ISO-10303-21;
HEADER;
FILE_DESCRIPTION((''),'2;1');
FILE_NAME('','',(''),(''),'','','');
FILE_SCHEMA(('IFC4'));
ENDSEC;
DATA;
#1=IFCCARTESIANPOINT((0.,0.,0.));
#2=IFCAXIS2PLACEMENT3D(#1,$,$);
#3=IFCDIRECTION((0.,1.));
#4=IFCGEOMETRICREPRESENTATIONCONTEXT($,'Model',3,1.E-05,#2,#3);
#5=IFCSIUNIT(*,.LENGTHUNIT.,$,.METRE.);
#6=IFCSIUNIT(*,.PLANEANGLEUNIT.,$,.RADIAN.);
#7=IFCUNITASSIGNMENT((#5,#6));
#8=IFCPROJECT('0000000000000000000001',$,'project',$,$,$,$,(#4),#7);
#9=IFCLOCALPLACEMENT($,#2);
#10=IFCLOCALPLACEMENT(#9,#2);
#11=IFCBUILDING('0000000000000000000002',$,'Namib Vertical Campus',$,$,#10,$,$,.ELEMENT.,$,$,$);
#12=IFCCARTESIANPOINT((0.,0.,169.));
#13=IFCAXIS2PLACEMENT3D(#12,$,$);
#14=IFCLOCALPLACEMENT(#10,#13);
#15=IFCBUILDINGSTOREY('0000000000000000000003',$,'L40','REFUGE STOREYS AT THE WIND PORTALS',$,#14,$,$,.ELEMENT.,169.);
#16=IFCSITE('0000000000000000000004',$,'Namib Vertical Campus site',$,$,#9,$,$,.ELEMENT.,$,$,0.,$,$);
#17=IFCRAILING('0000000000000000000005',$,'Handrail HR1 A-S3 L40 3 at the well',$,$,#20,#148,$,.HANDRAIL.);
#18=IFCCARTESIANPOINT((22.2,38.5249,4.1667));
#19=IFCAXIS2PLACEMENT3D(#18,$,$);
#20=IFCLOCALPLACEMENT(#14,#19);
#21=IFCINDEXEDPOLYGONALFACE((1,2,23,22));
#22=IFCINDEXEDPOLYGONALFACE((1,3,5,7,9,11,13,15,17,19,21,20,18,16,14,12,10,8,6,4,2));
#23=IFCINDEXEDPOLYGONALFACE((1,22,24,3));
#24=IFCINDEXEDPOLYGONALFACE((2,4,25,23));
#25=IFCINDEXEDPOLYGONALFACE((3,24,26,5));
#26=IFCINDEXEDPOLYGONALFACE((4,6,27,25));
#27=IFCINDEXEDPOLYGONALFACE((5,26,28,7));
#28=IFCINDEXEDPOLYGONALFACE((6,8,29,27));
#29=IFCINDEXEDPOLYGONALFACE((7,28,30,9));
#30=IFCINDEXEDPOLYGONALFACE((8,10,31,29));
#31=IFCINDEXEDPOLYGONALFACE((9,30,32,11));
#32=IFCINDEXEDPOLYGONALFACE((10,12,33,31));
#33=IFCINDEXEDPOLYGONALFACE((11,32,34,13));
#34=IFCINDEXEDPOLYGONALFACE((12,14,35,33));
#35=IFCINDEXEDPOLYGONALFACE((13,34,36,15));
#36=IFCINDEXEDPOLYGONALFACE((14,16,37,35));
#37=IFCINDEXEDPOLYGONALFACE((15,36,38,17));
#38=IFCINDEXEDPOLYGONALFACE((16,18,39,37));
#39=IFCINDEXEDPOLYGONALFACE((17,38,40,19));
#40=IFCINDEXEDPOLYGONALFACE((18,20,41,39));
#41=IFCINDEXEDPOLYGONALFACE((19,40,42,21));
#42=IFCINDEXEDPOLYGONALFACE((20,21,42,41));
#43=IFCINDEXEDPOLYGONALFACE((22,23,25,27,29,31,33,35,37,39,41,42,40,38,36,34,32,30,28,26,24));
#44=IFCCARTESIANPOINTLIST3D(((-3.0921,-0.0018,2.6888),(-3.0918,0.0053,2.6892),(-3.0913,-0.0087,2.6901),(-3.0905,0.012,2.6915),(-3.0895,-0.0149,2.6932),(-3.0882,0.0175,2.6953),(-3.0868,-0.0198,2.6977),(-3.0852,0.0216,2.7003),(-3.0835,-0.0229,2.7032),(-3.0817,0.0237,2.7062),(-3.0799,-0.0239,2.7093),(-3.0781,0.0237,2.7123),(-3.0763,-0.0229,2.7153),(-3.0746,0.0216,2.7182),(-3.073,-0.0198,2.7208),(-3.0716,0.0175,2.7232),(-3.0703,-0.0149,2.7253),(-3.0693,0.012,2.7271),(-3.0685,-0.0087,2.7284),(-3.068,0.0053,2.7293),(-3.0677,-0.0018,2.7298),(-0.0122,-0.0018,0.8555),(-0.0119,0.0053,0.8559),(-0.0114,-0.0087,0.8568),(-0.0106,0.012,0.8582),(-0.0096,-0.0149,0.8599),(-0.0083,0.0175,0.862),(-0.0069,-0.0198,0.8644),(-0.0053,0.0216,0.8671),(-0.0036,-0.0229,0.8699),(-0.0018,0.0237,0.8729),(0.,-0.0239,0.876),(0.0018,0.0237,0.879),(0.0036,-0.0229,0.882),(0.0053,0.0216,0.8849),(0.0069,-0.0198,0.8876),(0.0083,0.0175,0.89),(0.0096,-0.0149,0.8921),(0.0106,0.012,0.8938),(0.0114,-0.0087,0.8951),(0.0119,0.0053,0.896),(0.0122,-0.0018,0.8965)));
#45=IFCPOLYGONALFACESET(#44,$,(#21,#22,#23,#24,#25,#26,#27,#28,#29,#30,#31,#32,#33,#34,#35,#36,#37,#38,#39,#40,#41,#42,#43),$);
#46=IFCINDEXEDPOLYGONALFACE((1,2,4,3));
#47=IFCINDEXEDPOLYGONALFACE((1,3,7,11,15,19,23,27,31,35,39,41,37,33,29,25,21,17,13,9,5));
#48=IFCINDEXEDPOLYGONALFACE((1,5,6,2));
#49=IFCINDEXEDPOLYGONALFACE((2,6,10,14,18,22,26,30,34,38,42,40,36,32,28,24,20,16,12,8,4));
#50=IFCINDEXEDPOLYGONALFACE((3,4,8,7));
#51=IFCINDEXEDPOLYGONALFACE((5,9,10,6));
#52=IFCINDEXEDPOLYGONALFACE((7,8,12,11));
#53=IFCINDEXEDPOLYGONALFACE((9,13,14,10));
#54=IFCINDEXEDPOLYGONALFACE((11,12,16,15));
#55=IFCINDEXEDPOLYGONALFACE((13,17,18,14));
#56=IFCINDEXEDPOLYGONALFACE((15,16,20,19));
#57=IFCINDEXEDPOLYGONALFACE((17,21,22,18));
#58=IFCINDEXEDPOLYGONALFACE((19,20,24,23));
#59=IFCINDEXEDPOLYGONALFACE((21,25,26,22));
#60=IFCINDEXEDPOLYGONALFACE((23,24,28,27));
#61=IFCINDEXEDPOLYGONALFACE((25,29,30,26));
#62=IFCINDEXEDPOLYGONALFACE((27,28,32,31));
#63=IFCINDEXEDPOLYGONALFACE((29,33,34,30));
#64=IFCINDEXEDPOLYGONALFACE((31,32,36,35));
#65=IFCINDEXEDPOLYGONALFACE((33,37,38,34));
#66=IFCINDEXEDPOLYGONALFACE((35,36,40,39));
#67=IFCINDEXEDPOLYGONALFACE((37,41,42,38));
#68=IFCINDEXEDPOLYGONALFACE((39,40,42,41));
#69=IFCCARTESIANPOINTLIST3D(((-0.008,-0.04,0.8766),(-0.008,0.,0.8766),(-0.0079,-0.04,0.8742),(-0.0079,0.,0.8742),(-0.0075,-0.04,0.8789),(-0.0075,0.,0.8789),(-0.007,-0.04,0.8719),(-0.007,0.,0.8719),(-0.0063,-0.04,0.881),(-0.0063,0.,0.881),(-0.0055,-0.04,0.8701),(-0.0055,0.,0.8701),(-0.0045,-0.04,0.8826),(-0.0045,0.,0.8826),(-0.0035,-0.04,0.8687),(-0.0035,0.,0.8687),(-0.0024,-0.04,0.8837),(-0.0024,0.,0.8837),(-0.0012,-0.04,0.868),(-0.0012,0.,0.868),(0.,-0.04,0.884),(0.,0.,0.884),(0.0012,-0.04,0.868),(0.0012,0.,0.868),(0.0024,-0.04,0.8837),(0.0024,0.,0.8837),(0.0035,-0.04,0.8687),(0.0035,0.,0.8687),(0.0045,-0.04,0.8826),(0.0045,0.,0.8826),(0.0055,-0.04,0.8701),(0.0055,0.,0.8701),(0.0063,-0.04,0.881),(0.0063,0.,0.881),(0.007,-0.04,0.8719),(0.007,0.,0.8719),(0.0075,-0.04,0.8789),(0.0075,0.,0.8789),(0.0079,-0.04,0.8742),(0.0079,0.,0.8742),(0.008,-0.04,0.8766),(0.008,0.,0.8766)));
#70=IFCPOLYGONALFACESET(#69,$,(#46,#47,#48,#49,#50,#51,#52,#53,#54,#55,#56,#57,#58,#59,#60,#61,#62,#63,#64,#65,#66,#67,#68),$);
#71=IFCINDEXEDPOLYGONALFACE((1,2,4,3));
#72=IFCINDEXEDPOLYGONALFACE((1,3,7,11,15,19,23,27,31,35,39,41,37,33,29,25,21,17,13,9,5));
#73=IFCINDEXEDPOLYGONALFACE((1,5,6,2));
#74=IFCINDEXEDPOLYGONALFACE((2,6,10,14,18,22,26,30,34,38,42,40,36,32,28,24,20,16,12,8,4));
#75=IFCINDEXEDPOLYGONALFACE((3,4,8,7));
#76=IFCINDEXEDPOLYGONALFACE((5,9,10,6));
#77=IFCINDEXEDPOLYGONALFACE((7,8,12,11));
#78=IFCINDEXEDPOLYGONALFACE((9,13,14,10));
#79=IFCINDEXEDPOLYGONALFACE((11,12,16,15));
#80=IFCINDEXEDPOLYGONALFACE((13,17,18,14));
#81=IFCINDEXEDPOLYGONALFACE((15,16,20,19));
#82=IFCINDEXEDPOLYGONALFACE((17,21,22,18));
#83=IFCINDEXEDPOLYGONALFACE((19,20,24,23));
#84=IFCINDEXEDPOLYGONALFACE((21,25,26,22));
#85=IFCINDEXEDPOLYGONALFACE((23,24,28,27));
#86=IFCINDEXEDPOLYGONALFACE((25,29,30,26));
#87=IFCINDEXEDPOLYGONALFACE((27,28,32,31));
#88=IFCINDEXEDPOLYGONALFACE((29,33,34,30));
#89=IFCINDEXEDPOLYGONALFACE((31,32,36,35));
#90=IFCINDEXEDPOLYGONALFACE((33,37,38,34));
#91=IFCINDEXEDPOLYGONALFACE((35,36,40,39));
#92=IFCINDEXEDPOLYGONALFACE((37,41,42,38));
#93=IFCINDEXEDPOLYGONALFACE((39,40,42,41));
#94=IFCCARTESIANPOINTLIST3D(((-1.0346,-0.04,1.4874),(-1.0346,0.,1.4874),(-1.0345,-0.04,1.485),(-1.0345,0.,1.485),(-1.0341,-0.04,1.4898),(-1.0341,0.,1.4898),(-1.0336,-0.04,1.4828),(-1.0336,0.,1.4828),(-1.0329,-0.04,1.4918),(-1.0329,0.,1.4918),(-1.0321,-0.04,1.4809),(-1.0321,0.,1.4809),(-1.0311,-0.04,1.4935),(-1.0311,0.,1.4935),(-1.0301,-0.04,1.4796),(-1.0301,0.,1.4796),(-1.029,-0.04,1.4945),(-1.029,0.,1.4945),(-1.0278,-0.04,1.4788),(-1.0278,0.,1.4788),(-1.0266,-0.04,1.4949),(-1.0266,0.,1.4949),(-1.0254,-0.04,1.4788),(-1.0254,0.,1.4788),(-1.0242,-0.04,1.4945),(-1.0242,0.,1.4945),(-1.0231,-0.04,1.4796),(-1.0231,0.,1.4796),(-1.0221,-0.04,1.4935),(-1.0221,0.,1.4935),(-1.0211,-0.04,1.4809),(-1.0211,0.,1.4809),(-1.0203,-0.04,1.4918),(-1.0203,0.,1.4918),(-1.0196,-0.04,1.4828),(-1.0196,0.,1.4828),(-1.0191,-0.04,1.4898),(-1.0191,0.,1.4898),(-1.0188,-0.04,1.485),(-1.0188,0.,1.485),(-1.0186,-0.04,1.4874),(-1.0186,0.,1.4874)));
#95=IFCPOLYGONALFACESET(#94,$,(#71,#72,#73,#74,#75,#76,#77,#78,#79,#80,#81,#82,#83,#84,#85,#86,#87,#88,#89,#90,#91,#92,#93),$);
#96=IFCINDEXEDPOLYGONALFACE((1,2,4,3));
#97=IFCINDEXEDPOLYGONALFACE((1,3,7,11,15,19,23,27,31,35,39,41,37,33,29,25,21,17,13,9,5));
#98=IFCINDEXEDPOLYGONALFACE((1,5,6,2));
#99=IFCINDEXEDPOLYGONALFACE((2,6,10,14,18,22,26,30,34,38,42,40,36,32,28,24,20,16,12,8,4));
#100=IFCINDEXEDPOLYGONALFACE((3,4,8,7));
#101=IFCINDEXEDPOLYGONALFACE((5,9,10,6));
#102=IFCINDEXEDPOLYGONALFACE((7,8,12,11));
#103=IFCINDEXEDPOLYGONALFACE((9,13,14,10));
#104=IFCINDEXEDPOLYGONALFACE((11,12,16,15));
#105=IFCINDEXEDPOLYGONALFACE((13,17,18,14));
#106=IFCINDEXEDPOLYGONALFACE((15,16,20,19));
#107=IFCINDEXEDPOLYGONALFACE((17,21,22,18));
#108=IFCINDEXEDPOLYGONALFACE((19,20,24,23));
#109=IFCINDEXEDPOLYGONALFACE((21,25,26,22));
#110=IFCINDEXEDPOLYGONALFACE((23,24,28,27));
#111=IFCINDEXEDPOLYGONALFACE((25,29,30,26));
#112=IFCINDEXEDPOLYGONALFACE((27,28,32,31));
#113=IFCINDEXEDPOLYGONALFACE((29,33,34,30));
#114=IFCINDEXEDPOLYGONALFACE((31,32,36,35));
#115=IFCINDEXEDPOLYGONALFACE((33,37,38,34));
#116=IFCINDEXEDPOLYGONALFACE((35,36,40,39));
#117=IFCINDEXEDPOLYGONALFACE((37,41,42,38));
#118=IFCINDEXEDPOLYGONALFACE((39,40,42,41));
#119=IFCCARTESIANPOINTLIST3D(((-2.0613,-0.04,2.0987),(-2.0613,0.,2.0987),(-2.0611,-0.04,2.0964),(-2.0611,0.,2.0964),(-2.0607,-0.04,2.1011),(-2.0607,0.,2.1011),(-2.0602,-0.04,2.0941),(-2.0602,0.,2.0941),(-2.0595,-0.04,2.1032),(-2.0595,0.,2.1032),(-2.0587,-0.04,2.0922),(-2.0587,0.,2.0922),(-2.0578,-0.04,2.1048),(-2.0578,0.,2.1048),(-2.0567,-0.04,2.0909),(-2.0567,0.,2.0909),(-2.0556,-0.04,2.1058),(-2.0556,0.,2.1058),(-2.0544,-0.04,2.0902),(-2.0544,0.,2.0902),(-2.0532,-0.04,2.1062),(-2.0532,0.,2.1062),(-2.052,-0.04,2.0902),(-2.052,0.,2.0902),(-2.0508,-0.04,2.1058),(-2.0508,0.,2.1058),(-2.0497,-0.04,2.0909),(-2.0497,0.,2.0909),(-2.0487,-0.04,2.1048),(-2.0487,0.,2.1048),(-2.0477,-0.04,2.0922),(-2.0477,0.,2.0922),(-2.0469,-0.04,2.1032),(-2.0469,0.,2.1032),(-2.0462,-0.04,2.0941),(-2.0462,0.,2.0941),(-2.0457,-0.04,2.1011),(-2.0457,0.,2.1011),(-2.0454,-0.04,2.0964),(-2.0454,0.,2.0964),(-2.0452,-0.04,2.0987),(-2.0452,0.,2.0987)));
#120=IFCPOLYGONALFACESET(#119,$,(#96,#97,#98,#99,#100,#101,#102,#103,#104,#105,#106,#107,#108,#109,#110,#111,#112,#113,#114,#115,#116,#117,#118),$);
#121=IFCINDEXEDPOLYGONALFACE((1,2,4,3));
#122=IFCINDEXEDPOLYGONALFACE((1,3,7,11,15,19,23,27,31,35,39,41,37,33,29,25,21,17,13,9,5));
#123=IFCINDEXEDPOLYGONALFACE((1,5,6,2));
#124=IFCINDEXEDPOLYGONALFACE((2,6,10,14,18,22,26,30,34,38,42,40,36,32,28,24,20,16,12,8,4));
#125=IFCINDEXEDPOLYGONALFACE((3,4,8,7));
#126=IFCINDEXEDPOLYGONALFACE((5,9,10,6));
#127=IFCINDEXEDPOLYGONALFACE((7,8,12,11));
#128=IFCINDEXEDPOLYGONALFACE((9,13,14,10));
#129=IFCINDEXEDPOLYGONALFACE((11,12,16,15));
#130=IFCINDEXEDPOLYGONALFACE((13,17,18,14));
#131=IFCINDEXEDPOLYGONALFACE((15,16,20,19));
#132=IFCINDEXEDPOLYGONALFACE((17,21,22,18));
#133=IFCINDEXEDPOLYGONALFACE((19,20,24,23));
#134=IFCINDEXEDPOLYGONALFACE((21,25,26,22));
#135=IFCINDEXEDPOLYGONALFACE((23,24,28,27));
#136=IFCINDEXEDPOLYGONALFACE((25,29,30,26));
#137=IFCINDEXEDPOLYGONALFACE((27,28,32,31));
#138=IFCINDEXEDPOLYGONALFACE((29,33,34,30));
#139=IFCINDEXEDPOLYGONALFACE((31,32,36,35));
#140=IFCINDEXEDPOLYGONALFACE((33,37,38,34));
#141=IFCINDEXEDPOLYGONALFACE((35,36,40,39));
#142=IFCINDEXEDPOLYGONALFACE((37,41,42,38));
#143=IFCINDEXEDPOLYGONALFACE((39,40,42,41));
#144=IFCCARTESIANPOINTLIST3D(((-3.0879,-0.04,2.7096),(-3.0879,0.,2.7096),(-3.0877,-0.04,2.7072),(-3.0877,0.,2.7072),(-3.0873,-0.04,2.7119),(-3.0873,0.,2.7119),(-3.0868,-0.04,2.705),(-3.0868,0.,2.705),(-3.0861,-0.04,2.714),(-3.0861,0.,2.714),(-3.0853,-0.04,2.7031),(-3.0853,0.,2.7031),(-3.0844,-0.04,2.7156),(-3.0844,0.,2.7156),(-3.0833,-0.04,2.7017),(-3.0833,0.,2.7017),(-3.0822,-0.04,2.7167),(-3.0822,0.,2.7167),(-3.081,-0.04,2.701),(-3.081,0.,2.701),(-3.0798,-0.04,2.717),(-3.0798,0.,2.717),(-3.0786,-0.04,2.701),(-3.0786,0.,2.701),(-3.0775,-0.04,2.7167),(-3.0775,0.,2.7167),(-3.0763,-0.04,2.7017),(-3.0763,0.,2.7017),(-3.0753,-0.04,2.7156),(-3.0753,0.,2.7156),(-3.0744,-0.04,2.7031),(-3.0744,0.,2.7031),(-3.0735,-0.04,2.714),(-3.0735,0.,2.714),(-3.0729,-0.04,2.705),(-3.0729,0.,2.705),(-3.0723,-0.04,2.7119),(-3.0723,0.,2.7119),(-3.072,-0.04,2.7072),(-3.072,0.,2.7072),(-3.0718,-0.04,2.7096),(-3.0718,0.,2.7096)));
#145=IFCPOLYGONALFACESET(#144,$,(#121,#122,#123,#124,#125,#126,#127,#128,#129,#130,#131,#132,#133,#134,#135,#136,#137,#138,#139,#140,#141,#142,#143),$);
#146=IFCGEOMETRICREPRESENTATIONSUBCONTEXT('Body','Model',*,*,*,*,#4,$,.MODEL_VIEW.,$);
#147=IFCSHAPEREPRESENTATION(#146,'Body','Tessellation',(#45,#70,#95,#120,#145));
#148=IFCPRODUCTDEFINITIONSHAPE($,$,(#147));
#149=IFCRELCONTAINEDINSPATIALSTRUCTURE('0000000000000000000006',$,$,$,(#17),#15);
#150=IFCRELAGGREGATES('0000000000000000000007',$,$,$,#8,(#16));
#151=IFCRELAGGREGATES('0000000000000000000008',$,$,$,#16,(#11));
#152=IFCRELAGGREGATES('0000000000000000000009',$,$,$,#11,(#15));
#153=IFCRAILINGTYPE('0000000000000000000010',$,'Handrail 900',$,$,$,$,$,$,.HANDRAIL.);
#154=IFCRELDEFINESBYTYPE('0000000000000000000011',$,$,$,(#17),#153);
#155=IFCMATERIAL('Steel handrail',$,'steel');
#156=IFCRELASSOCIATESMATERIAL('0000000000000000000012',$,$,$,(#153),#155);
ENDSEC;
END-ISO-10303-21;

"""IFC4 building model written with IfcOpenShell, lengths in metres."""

from ifc_helpers import new_model, si_unit, direction, frame, origin, origin_2d, place, context, subcontext, project, spatial, circle, extrude, material, type_object, element, save


model = new_model("IFC4")

# Units and contexts
model_context = context("Model", 3, precision=1e-05, world=origin(), true_north=direction((0.0, 1.0)))
body_context = subcontext(model_context, "Body", "Model", "MODEL_VIEW")
ifc_project = project(units=[si_unit("LENGTHUNIT", "METRE"), si_unit("PLANEANGLEUNIT", "RADIAN")], contexts=[model_context])

# Site, building, storey
site_placement = place(None, origin())
site = spatial("IfcSite", under=ifc_project, at=site_placement, Name="Namib Vertical Campus site", CompositionType="ELEMENT", RefElevation=0.0)
building_placement = place(site_placement, origin())
building = spatial("IfcBuilding", under=site, at=building_placement, Name="Namib Vertical Campus", CompositionType="ELEMENT")
storey_placement = place(building_placement, frame((0.0, 0.0, 169.0)))
storey = spatial("IfcBuildingStorey", under=building, at=storey_placement, Name="L40", Description="REFUGE STOREYS AT THE WIND PORTALS", CompositionType="ELEMENT", Elevation=169.0)

# Railing
ifc_material_1 = material(Name="Steel handrail", Category="steel")
railing_type_1 = type_object("IfcRailingType", Name="Handrail 900", PredefinedType="HANDRAIL", material=ifc_material_1)
for number, where, name in (
    (1, (22.2, 38.5249, 4.1667), "Handrail HR1 A-S3 L40 3 at the well"),
):
    element("IfcRailing", number, at=place(storey_placement, frame(where)), inside=storey, type_object=railing_type_1, Name=name, PredefinedType="HANDRAIL", context=body_context, shape_type="SweptSolid", body=[
        extrude(circle(Radius=0.0239, at=origin_2d()), frame((0.0, 0.0, 0.876), z_axis=(-0.859291, 0.0, 0.511487), x_axis=(0.0, -1.0, 0.0)), (0.0, 0.0, 1.0), 3.5842),
        extrude(circle(Radius=0.0081, at=origin_2d()), frame((0.0, 0.0, 0.876), z_axis=(0.0, -1.0, 0.0), x_axis=(0.0, 0.0, 1.0)), (0.0, 0.0, 1.0), 0.04),
        extrude(circle(Radius=0.0081, at=origin_2d()), frame((-1.0266, 0.0, 1.4868), z_axis=(0.0, -1.0, 0.0), x_axis=(0.0, 0.0, 1.0)), (0.0, 0.0, 1.0), 0.04),
        extrude(circle(Radius=0.0081, at=origin_2d()), frame((-2.0532, 0.0, 2.0981), z_axis=(0.0, -1.0, 0.0), x_axis=(0.0, 0.0, 1.0)), (0.0, 0.0, 1.0), 0.04),
        extrude(circle(Radius=0.0081, at=origin_2d()), frame((-3.0798, 0.0, 2.709), z_axis=(0.0, -1.0, 0.0), x_axis=(0.0, 0.0, 1.0)), (0.0, 0.0, 1.0), 0.04),
    ])

save(model, "model.ifc")
